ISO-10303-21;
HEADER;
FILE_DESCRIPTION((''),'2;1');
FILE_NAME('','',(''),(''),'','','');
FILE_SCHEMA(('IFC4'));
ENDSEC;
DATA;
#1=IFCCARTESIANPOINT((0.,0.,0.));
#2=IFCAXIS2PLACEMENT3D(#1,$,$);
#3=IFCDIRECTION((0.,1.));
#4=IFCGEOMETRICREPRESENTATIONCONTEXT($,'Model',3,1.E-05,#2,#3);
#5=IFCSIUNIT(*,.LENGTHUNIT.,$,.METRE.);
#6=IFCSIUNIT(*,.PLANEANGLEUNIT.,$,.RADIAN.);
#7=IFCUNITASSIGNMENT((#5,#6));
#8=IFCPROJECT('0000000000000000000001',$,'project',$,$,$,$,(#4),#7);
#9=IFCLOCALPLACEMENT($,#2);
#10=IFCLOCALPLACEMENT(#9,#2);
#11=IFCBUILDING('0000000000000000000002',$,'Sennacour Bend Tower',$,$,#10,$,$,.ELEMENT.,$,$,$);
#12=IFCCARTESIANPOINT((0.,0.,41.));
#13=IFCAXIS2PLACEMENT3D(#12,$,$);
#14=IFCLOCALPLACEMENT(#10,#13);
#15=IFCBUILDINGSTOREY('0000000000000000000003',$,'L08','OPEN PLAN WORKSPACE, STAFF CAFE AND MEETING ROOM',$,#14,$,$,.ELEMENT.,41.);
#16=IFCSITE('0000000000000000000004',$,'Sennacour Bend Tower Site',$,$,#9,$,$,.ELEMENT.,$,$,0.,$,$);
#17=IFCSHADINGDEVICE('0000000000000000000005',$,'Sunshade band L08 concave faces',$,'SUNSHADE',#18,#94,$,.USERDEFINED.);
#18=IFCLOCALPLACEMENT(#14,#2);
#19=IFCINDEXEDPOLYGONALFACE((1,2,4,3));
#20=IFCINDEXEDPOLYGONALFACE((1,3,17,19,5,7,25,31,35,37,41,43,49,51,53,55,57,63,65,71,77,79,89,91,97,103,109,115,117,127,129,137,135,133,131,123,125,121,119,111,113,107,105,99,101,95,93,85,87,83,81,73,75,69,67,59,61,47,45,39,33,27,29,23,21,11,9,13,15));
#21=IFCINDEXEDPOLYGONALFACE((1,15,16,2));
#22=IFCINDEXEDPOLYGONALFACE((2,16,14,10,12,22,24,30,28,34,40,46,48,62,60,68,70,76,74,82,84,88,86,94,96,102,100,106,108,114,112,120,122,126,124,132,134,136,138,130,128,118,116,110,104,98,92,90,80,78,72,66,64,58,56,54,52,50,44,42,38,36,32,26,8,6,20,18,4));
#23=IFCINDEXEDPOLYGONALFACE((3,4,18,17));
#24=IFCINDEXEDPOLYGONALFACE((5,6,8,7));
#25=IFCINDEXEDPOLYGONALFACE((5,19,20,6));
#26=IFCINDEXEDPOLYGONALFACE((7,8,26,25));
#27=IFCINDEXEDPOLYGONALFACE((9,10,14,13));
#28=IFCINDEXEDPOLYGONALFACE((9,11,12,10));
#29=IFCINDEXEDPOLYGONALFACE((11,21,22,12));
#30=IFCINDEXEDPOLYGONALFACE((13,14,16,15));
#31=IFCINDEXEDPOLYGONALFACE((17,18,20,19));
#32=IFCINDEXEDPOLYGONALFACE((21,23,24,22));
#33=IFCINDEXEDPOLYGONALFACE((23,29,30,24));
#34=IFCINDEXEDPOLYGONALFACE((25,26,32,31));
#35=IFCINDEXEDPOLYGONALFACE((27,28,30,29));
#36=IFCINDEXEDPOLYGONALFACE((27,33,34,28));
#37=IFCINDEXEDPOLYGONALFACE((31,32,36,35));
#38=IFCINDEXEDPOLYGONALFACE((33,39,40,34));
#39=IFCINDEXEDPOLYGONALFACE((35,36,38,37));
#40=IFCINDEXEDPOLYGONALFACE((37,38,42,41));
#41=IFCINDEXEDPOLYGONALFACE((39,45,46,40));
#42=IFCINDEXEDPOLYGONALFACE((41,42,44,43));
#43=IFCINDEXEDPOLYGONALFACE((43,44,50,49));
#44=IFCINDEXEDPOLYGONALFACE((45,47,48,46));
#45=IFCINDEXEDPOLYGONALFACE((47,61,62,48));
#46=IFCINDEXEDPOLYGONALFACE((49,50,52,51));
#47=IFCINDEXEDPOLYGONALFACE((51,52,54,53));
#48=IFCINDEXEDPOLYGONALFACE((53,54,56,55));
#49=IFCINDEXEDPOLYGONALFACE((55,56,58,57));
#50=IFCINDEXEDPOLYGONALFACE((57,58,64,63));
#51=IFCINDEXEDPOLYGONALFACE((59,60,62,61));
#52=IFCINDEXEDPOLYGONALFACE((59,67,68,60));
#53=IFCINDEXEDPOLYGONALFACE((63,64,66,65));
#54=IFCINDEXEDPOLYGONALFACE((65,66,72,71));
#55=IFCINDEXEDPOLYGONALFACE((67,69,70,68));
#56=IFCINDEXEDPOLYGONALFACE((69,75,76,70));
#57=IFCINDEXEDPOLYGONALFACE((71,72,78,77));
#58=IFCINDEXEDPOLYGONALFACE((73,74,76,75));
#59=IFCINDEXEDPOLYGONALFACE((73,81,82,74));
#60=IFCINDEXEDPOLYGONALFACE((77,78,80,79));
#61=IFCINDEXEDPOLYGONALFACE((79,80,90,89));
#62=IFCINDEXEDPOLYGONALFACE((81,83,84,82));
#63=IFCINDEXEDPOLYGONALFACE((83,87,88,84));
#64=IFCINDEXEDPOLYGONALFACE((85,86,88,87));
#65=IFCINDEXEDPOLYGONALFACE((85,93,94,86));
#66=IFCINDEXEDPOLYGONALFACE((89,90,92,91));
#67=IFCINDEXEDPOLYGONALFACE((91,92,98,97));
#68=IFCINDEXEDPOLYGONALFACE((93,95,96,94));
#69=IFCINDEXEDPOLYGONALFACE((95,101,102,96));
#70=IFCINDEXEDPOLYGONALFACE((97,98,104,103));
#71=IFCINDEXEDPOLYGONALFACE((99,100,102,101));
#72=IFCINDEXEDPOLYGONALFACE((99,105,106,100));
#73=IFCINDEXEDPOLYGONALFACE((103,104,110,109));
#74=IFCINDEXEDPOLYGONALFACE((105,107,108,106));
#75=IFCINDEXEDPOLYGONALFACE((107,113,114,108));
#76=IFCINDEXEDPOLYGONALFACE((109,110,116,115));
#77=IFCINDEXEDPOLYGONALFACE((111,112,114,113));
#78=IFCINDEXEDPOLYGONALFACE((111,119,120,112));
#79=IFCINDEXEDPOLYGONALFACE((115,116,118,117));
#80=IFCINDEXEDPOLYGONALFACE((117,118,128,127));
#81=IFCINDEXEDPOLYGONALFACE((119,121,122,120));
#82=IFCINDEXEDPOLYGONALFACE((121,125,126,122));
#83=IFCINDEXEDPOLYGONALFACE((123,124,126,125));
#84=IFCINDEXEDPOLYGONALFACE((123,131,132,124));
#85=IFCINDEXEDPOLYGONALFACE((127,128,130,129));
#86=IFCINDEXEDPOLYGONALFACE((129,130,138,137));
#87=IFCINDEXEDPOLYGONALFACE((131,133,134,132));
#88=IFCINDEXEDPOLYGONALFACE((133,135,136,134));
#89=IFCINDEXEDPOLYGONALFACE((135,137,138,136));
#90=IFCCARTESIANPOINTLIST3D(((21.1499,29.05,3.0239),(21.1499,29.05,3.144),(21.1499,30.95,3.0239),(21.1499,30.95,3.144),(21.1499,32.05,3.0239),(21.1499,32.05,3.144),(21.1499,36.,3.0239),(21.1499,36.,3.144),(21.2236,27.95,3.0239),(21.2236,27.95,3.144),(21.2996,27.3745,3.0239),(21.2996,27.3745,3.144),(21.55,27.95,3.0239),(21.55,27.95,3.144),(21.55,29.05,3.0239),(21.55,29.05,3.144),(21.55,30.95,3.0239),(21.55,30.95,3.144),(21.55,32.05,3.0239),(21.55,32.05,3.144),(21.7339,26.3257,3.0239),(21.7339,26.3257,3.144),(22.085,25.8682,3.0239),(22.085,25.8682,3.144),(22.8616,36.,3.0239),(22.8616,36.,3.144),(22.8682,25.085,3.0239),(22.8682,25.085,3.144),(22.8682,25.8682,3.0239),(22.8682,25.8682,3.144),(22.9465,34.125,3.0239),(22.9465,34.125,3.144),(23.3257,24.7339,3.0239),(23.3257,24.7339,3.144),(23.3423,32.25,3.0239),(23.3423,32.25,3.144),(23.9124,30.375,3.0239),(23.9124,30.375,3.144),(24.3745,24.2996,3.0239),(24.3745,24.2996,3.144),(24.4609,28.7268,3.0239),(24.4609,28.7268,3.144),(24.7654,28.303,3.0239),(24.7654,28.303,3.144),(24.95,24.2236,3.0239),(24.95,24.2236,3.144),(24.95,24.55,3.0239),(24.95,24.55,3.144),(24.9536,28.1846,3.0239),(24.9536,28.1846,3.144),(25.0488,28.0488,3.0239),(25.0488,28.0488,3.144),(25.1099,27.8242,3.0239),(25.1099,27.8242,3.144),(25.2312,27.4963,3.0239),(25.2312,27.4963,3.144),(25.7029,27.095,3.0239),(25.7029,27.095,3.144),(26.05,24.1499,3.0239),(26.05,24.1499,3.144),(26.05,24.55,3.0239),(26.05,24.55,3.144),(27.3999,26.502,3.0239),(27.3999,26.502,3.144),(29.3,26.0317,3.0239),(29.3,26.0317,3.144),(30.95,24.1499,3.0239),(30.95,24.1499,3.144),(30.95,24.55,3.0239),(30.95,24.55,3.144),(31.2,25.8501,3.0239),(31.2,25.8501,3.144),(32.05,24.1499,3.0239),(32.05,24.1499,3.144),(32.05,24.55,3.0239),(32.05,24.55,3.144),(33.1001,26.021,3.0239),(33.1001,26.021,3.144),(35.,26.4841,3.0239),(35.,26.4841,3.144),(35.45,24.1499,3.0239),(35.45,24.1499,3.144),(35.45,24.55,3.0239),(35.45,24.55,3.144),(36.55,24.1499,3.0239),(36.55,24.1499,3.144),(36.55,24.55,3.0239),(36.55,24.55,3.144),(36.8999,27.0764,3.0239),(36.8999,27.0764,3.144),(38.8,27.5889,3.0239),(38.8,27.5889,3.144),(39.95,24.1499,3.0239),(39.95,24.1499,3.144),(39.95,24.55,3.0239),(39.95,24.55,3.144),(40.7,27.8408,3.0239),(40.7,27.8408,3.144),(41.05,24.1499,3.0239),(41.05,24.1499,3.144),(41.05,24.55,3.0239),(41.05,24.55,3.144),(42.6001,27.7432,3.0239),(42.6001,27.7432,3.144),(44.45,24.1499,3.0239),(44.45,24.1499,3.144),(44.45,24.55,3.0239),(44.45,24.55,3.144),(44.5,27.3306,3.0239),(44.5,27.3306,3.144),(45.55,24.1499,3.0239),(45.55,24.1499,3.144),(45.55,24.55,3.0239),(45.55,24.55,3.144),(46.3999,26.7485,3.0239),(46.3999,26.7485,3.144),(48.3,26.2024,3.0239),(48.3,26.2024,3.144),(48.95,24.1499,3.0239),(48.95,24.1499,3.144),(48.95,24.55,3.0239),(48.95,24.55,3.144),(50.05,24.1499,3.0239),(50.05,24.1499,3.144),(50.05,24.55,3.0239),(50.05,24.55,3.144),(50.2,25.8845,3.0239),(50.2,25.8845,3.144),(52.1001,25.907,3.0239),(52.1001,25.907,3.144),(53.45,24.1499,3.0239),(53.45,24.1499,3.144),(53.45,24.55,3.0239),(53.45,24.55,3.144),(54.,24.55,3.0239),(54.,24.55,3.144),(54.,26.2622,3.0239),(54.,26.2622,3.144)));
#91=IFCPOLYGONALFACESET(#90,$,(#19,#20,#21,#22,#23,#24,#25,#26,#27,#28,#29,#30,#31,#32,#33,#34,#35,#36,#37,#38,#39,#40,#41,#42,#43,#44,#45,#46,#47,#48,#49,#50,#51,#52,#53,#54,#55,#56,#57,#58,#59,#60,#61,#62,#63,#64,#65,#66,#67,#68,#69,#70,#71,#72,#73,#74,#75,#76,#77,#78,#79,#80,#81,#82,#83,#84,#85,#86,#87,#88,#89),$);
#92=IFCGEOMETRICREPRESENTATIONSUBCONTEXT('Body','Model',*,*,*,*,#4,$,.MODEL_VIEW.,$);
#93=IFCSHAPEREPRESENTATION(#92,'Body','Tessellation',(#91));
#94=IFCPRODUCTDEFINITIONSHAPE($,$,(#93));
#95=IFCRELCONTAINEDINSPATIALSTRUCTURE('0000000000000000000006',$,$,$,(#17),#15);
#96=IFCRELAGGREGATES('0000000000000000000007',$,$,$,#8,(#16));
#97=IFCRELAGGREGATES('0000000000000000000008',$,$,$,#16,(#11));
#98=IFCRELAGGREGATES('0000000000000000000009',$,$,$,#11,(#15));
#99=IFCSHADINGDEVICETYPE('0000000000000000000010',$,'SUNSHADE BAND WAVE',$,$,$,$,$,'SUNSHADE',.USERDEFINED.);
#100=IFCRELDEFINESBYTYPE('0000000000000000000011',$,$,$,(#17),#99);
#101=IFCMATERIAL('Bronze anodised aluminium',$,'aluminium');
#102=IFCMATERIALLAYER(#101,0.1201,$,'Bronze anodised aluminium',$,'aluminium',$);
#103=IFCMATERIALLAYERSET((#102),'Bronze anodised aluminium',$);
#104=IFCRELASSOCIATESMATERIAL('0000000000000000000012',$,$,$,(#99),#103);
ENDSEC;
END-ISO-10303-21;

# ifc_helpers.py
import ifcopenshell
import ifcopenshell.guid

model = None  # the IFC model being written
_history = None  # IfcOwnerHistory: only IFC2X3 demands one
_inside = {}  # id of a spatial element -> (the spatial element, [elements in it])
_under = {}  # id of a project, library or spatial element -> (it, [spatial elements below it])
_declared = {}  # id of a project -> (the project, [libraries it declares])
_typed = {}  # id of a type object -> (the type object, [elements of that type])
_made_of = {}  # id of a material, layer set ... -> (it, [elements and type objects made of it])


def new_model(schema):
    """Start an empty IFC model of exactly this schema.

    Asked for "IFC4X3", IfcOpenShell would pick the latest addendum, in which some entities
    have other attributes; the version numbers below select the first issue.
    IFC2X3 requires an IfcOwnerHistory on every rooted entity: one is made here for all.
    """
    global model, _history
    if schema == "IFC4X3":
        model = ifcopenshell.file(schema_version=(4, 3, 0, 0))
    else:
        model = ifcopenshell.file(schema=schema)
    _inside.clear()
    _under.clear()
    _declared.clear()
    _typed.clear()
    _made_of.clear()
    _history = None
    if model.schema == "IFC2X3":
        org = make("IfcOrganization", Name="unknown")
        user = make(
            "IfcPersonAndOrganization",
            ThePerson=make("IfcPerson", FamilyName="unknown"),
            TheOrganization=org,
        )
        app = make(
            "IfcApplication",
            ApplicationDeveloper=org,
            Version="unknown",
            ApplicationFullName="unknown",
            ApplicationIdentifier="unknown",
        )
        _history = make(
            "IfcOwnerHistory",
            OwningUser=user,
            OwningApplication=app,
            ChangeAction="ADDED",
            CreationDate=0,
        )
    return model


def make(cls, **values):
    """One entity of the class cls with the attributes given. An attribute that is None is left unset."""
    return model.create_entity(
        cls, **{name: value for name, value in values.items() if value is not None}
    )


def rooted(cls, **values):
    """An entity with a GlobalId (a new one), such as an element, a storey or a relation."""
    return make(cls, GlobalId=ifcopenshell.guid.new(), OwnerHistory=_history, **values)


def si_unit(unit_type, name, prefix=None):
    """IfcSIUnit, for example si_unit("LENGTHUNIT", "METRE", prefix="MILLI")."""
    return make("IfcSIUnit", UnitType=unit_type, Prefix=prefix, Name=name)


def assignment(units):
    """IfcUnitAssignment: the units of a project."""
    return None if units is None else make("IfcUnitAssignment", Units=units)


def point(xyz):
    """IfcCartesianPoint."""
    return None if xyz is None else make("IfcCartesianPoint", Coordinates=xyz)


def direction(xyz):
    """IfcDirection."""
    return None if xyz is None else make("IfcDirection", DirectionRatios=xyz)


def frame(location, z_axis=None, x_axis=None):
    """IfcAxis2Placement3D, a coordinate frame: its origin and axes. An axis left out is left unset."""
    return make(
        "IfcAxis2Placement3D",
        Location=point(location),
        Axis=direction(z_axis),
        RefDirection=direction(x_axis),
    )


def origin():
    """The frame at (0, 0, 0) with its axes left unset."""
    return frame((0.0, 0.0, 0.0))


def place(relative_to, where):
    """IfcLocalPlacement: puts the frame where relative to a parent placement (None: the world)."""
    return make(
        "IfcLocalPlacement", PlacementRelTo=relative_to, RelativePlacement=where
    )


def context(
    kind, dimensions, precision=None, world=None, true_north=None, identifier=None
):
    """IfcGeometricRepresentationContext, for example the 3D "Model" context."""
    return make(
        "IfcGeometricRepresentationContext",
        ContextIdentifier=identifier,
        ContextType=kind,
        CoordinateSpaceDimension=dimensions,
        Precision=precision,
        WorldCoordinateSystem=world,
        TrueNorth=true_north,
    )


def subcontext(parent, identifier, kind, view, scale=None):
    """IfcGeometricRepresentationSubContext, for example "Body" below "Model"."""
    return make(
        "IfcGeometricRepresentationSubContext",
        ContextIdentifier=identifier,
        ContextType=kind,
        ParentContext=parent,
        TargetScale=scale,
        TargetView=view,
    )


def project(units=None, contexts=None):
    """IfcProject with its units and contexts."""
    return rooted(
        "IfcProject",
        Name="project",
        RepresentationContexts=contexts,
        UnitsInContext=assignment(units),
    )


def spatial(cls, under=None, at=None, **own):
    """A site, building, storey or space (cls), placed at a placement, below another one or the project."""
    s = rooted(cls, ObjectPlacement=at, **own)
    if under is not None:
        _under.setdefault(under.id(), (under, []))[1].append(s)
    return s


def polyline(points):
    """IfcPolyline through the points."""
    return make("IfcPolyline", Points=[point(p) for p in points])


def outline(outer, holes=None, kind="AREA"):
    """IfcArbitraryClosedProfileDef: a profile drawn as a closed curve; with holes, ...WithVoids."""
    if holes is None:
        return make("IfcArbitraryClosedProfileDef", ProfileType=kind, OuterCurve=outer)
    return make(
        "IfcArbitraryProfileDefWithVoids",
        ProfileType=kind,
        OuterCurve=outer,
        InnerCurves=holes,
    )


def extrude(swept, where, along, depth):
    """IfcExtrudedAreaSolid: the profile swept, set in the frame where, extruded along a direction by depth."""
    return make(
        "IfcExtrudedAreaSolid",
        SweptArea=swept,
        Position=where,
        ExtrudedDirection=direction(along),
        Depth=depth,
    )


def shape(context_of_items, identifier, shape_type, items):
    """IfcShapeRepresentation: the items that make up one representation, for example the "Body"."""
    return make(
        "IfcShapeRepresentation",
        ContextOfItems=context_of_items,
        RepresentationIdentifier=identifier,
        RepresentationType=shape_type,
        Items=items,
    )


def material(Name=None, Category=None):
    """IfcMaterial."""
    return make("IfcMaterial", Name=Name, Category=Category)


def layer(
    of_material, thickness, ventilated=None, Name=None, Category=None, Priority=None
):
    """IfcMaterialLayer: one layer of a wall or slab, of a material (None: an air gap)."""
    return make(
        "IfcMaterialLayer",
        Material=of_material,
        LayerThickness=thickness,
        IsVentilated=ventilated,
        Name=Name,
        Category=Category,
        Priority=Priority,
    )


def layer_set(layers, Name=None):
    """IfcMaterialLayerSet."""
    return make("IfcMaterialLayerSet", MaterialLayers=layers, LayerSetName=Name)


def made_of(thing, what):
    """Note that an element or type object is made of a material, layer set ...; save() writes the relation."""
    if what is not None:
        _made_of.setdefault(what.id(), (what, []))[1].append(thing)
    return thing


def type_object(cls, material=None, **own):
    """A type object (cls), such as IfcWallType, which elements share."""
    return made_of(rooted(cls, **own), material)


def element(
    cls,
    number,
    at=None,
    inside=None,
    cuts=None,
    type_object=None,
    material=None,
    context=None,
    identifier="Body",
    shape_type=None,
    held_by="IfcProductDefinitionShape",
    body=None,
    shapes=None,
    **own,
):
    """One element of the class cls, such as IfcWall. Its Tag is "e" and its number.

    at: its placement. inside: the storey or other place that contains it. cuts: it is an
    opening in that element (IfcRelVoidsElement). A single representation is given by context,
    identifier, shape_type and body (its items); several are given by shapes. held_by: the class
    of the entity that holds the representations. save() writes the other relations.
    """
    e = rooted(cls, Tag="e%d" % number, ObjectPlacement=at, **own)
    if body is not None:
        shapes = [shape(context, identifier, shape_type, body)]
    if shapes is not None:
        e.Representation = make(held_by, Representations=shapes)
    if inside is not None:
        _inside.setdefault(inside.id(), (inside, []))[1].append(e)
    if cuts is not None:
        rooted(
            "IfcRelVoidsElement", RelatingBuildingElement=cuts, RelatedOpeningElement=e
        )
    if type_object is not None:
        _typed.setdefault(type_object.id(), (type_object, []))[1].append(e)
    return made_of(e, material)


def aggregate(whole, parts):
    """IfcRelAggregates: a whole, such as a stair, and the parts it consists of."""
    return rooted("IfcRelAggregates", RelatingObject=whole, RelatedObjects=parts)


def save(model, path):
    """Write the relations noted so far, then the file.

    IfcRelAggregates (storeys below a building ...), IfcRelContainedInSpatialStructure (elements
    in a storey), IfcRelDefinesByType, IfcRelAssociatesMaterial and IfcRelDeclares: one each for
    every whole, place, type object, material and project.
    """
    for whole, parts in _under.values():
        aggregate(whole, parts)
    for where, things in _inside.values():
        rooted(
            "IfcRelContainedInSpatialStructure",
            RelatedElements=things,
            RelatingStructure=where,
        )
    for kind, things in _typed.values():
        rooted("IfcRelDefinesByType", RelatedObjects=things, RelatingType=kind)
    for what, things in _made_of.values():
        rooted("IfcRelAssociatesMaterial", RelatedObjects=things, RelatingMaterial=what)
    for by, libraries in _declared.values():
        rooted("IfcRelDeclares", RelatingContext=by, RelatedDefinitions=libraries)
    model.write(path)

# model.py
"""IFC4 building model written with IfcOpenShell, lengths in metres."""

from ifc_helpers import new_model, si_unit, direction, frame, origin, place, context, subcontext, project, spatial, polyline, outline, extrude, material, layer, layer_set, type_object, element, save


model = new_model("IFC4")

# Units and contexts
model_context = context("Model", 3, precision=1e-05, world=origin(), true_north=direction((0.0, 1.0)))
body_context = subcontext(model_context, "Body", "Model", "MODEL_VIEW")
ifc_project = project(units=[si_unit("LENGTHUNIT", "METRE"), si_unit("PLANEANGLEUNIT", "RADIAN")], contexts=[model_context])

# Site, building, storey
site_placement = place(None, origin())
site = spatial("IfcSite", under=ifc_project, at=site_placement, Name="Sennacour Bend Tower Site", CompositionType="ELEMENT", RefElevation=0.0)
building_placement = place(site_placement, origin())
building = spatial("IfcBuilding", under=site, at=building_placement, Name="Sennacour Bend Tower", CompositionType="ELEMENT")
storey_placement = place(building_placement, frame((0.0, 0.0, 41.0)))
storey = spatial("IfcBuildingStorey", under=building, at=storey_placement, Name="L08", Description="OPEN PLAN WORKSPACE, STAFF CAFE AND MEETING ROOM", CompositionType="ELEMENT", Elevation=41.0)

# Shading device
ifc_material_1 = material(Name="Bronze anodised aluminium", Category="aluminium")
ifc_layer_1 = layer(ifc_material_1, 0.1201, Name="Bronze anodised aluminium", Category="aluminium")
ifc_layer_set_1 = layer_set([ifc_layer_1], Name="Bronze anodised aluminium")
shading_device_type_1 = type_object("IfcShadingDeviceType", Name="SUNSHADE BAND WAVE", ElementType="SUNSHADE", PredefinedType="USERDEFINED", material=ifc_layer_set_1)
shading_device_1_placement = place(storey_placement, frame((0.0, 0.0, 3.0239)))
element("IfcShadingDevice", 1, at=shading_device_1_placement, inside=storey, type_object=shading_device_type_1, Name="Sunshade band L08 concave faces", ObjectType="SUNSHADE", PredefinedType="USERDEFINED", context=body_context, shape_type="SweptSolid", body=[
    extrude(outline(polyline([(53.45, 24.1499), (50.05, 24.1499), (50.05, 24.55), (48.95, 24.55), (48.95, 24.1499), (45.55, 24.1499), (45.55, 24.55), (44.45, 24.55), (44.45, 24.1499), (41.05, 24.1499), (41.05, 24.55), (39.95, 24.55), (39.95, 24.1499), (36.55, 24.1499), (36.55, 24.55), (35.45, 24.55), (35.45, 24.1499), (32.05, 24.1499), (32.05, 24.55), (30.95, 24.55), (30.95, 24.1499), (26.05, 24.1499), (26.05, 24.55), (24.95, 24.55), (24.95, 24.2236), (24.3745, 24.2996), (23.3257, 24.7339), (22.8682, 25.085), (22.8682, 25.8682), (22.085, 25.8682), (21.7339, 26.3257), (21.2996, 27.3745), (21.2236, 27.95), (21.55, 27.95), (21.55, 29.05), (21.1499, 29.05), (21.1499, 30.95), (21.55, 30.95), (21.55, 32.05), (21.1499, 32.05), (21.1499, 36.0), (22.8616, 36.0), (22.9465, 34.125), (23.3423, 32.25), (23.9124, 30.375), (24.4609, 28.7268), (24.7654, 28.303), (24.9536, 28.1846), (25.0488, 28.0488), (25.1099, 27.8242), (25.2312, 27.4963), (25.7029, 27.095), (27.3999, 26.502), (29.3, 26.0317), (31.2, 25.8501), (33.1001, 26.021), (35.0, 26.4841), (36.8999, 27.0764), (38.8, 27.5889), (40.7, 27.8408), (42.6001, 27.7432), (44.5, 27.3306), (46.3999, 26.7485), (48.3, 26.2024), (50.2, 25.8845), (52.1001, 25.907), (54.0, 26.2622), (54.0, 24.55), (53.45, 24.55), (53.45, 24.1499)])), origin(), (0.0, 0.0, 1.0), 0.1201),
])

save(model, "model.ifc")
